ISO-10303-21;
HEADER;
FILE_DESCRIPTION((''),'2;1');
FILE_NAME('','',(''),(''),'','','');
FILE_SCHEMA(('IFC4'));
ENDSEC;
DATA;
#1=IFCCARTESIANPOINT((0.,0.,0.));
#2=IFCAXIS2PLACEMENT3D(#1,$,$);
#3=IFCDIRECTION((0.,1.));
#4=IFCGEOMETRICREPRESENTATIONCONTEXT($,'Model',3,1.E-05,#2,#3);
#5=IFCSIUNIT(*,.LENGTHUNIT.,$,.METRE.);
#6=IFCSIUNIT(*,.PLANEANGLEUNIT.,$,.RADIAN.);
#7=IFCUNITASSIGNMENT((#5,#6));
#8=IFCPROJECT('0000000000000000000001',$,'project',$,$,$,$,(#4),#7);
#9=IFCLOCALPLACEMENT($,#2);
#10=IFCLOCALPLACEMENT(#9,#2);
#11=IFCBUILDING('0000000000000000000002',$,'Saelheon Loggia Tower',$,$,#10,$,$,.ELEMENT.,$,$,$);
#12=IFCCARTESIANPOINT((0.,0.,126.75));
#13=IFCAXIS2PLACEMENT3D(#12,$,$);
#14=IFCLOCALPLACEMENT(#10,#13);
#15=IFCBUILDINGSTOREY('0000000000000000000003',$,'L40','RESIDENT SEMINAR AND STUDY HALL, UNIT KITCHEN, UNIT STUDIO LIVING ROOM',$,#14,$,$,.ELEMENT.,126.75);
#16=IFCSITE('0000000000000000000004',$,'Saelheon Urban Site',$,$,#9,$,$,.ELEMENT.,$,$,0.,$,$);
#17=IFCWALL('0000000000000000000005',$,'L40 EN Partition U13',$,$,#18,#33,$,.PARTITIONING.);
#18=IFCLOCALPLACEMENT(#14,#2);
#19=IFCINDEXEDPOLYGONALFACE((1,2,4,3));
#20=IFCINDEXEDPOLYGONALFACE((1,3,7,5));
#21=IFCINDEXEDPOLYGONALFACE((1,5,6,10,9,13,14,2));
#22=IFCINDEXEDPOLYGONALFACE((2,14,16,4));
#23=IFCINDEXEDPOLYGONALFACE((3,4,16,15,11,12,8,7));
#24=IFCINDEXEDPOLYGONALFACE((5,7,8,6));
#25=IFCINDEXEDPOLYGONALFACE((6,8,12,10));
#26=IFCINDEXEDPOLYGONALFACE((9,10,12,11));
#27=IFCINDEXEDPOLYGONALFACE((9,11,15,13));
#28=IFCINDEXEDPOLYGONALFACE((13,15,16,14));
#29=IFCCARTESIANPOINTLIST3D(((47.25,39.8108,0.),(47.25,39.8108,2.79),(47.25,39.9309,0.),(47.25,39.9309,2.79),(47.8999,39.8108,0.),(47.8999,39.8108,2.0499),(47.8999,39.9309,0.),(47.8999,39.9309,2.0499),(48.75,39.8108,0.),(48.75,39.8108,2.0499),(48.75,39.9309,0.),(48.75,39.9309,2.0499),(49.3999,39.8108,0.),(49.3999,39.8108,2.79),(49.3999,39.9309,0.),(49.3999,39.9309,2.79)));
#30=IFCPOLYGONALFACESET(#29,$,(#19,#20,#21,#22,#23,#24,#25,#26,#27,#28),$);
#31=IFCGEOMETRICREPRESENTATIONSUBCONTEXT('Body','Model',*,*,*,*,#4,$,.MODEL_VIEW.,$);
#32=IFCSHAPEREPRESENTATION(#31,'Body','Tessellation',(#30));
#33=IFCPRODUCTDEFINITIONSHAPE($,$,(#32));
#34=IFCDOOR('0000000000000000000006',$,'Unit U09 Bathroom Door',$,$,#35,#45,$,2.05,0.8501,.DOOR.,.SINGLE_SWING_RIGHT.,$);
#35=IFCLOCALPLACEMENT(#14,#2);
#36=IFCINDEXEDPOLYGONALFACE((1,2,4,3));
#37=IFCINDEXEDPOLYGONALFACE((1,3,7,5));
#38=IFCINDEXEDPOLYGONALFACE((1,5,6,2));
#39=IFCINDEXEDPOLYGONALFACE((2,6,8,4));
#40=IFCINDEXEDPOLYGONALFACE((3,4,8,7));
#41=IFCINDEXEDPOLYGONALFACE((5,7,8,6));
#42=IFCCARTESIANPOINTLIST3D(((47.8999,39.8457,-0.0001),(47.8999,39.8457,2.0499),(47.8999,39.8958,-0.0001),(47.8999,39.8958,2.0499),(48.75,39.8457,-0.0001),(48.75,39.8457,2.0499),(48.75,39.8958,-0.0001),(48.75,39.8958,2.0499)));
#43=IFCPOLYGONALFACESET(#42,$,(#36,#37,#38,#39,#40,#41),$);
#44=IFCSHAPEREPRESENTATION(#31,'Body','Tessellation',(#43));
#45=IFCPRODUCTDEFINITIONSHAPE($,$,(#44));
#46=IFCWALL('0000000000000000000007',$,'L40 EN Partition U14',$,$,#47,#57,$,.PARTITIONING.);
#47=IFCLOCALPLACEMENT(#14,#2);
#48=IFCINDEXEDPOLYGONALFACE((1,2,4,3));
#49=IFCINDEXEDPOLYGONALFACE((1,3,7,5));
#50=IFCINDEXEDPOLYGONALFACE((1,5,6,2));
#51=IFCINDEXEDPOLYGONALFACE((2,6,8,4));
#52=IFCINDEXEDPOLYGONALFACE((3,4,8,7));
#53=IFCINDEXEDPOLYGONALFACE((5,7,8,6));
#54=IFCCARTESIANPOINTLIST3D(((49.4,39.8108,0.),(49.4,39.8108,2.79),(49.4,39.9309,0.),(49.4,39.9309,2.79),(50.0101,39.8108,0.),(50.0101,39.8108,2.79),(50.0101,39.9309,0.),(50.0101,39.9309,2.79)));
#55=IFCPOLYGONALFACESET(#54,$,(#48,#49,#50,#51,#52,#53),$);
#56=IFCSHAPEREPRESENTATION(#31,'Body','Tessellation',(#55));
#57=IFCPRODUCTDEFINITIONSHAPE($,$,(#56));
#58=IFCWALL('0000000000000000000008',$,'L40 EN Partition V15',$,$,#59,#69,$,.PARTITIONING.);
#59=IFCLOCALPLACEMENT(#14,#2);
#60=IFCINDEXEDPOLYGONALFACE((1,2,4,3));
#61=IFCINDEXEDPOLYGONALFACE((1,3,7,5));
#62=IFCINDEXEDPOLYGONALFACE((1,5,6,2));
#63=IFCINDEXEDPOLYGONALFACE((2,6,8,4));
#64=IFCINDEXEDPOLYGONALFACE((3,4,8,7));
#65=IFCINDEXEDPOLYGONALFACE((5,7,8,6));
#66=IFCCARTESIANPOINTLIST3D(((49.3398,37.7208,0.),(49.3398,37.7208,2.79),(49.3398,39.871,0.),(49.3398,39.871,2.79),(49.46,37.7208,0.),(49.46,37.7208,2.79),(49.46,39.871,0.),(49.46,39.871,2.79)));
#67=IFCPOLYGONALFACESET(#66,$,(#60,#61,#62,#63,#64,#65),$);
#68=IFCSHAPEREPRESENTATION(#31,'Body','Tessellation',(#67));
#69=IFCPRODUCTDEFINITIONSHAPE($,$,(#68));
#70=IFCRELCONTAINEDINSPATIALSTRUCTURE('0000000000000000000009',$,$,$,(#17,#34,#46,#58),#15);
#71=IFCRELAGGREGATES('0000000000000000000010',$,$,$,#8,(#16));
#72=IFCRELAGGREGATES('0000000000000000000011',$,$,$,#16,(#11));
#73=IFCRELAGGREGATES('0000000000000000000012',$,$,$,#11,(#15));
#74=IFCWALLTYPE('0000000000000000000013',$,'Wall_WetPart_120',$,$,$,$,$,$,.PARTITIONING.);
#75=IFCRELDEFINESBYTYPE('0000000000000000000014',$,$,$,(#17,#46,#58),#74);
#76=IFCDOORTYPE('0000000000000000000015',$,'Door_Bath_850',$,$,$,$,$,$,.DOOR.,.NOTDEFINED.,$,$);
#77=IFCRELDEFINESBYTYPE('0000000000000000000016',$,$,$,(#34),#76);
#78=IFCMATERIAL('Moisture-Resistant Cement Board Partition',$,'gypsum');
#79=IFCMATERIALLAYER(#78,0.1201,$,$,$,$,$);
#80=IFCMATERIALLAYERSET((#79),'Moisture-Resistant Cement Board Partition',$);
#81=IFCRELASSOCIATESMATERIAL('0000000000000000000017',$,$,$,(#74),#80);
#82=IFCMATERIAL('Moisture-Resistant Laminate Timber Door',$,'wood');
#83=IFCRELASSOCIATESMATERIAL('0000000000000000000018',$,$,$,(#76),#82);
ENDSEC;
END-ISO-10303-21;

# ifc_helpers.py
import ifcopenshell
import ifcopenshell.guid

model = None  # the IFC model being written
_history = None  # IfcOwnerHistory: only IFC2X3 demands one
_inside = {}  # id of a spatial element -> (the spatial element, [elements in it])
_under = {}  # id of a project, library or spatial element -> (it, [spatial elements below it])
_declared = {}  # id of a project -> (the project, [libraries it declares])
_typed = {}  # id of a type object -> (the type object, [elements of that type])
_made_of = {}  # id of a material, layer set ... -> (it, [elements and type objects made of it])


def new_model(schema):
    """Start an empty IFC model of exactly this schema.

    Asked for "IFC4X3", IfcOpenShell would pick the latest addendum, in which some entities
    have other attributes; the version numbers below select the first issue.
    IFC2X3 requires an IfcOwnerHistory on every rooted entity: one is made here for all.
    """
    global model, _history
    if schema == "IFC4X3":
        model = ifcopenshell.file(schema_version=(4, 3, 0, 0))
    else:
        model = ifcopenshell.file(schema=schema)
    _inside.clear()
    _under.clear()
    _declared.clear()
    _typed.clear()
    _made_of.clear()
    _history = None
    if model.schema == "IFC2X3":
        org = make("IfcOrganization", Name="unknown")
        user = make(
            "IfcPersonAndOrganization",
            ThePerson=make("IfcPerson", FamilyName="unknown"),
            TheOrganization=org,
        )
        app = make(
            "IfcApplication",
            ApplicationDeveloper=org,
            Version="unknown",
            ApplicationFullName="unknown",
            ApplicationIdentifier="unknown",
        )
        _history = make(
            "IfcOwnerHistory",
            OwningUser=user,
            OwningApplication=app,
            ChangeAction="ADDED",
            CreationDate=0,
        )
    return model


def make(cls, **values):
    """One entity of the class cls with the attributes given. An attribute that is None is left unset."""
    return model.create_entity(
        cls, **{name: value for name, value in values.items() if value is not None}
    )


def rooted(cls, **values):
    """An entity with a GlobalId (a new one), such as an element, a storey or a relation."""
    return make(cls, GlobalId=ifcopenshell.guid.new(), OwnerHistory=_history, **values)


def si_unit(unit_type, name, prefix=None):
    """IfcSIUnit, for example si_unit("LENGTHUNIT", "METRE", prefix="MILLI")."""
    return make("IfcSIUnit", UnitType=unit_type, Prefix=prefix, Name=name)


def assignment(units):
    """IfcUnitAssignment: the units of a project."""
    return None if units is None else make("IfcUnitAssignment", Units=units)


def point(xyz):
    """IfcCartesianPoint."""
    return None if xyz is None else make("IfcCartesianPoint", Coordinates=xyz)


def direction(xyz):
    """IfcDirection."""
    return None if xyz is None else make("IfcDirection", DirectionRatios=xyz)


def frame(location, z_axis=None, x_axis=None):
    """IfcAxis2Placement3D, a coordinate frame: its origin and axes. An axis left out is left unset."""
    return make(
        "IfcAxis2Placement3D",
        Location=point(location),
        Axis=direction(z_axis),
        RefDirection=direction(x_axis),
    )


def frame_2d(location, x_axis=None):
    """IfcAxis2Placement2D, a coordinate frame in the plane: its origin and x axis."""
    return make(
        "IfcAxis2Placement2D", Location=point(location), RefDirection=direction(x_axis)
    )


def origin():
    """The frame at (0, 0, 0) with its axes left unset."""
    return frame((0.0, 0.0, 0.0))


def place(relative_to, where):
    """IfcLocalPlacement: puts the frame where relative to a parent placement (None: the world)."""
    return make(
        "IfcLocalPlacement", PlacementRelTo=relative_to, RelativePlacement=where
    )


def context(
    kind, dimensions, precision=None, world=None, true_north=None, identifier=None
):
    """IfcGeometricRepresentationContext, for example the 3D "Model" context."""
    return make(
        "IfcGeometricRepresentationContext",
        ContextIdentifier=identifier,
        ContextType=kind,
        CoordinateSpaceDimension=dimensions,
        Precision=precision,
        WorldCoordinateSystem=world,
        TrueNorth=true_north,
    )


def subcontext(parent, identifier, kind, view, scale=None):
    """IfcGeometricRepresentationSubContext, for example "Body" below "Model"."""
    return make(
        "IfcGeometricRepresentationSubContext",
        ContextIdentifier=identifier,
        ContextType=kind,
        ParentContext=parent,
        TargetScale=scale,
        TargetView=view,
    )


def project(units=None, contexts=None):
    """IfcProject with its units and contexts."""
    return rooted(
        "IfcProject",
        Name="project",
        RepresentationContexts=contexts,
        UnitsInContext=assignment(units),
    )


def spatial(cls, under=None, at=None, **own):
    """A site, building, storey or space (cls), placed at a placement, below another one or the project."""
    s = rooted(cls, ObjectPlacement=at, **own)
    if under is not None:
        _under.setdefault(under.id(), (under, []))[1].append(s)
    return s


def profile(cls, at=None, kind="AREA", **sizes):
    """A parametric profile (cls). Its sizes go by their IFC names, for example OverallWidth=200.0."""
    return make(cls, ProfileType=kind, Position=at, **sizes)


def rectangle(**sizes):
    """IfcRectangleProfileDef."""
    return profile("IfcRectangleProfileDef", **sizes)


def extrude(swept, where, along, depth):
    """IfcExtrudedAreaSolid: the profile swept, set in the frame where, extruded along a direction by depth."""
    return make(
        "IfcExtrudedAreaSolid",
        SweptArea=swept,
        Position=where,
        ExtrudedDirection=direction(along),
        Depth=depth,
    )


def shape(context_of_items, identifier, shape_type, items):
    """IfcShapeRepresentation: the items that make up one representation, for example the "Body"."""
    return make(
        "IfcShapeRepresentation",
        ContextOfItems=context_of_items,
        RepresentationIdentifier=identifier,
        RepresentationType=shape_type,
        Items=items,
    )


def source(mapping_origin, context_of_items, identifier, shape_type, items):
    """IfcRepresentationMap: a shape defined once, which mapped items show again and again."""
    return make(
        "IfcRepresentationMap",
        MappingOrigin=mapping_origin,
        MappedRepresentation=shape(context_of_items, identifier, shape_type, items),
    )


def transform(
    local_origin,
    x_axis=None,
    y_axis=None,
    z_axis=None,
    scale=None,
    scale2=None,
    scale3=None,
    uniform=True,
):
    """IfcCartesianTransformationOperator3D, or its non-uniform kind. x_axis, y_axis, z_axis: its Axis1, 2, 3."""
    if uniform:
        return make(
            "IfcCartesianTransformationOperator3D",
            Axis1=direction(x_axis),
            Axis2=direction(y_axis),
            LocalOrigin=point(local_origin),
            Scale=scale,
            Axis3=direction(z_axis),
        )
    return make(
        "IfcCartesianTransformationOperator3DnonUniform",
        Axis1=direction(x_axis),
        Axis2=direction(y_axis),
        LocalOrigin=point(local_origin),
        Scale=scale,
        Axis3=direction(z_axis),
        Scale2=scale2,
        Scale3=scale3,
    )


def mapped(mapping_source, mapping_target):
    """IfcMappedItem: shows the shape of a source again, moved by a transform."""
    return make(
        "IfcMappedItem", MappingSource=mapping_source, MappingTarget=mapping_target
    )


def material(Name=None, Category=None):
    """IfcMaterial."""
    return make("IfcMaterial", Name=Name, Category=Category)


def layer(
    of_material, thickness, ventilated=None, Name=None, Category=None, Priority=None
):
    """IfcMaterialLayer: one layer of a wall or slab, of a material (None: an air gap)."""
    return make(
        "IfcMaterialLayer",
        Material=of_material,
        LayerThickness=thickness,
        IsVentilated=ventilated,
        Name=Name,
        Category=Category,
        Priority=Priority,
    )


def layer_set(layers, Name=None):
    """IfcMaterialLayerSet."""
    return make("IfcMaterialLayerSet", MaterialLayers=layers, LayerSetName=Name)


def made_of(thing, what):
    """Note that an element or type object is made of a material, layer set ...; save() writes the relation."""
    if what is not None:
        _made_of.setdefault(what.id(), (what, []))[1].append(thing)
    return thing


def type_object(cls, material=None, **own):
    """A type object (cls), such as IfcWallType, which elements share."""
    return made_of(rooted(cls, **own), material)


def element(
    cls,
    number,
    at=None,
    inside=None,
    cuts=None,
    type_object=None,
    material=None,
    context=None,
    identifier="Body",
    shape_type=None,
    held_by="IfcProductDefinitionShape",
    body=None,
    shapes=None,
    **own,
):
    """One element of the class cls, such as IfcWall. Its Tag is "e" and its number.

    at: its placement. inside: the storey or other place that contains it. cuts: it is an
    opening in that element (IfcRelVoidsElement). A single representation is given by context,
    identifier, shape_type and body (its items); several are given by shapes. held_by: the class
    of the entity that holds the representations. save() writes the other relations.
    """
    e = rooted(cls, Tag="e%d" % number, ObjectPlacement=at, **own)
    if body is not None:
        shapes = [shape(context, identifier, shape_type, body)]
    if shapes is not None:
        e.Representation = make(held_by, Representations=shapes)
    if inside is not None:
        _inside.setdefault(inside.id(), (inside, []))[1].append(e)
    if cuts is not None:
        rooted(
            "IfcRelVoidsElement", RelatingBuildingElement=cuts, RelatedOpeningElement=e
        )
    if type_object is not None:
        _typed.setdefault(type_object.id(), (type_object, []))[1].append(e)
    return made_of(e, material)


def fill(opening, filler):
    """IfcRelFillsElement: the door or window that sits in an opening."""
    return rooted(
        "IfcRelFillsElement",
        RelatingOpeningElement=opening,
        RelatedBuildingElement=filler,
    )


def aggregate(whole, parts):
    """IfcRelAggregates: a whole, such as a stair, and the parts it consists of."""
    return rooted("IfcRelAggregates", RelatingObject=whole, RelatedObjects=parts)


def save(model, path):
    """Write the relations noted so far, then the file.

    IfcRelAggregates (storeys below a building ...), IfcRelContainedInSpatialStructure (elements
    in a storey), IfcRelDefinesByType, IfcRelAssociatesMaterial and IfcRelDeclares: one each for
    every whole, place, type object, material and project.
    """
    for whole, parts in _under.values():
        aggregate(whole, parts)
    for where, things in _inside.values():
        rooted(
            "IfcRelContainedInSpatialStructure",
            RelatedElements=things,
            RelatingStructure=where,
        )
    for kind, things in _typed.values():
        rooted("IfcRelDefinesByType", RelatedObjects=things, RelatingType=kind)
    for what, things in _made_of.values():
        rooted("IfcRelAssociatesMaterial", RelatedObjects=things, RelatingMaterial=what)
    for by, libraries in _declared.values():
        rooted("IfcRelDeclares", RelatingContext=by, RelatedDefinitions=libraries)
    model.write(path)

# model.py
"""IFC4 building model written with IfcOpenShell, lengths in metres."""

from ifc_helpers import new_model, si_unit, direction, frame, frame_2d, origin, place, context, subcontext, project, spatial, rectangle, extrude, source, transform, mapped, material, layer, layer_set, type_object, element, fill, save


model = new_model("IFC4")

# Units and contexts
model_context = context("Model", 3, precision=1e-05, world=origin(), true_north=direction((0.0, 1.0)))
body_context = subcontext(model_context, "Body", "Model", "MODEL_VIEW")
ifc_project = project(units=[si_unit("LENGTHUNIT", "METRE"), si_unit("PLANEANGLEUNIT", "RADIAN")], contexts=[model_context])

# Site, building, storey
site_placement = place(None, origin())
site = spatial("IfcSite", under=ifc_project, at=site_placement, Name="Saelheon Urban Site", CompositionType="ELEMENT", RefElevation=0.0)
building_placement = place(site_placement, origin())
building = spatial("IfcBuilding", under=site, at=building_placement, Name="Saelheon Loggia Tower", CompositionType="ELEMENT")
storey_placement = place(building_placement, frame((0.0, 0.0, 126.75)))
storey = spatial("IfcBuildingStorey", under=building, at=storey_placement, Name="L40", Description="RESIDENT SEMINAR AND STUDY HALL, UNIT KITCHEN, UNIT STUDIO LIVING ROOM", CompositionType="ELEMENT", Elevation=126.75)

# Shared definitions
ifc_material_1 = material(Name="Moisture-Resistant Cement Board Partition", Category="gypsum")
ifc_layer_1 = layer(ifc_material_1, 0.1201)
ifc_layer_set_1 = layer_set([ifc_layer_1], Name="Moisture-Resistant Cement Board Partition")
wall_type_1 = type_object("IfcWallType", Name="Wall_WetPart_120", PredefinedType="PARTITIONING", material=ifc_layer_set_1)

# Wall, opening, door
wall_1_placement = place(storey_placement, frame((47.25, 39.8708, 0.0), z_axis=(0.0, 0.0, 1.0), x_axis=(1.0, 0.0, 0.0)))
wall_1 = element("IfcWall", 1, at=wall_1_placement, inside=storey, type_object=wall_type_1, Name="L40 EN Partition U13", PredefinedType="PARTITIONING", context=body_context, shape_type="SweptSolid", body=[
    extrude(rectangle(XDim=2.1499, YDim=0.1201, at=frame_2d((1.075, 0.0))), origin(), (0.0, 0.0, 1.0), 2.79),
])
opening_1_placement = place(wall_1_placement, frame((0.6499, 0.0, 0.0)))
opening_1 = element("IfcOpeningElement", 2, at=opening_1_placement, cuts=wall_1, PredefinedType="OPENING", context=body_context, shape_type="SweptSolid", body=[
    extrude(rectangle(XDim=0.8501, YDim=2.05, at=frame_2d((0.425, 1.0249))), frame((0.0, 0.072, 0.0), z_axis=(0.0, -1.0, 0.0), x_axis=(1.0, 0.0, 0.0)), (0.0, 0.0, 1.0), 0.144),
])
ifc_material_2 = material(Name="Moisture-Resistant Laminate Timber Door", Category="wood")
door_type_1 = type_object("IfcDoorType", Name="Door_Bath_850", OperationType="NOTDEFINED", PredefinedType="DOOR", material=ifc_material_2)
shared_shape_1 = source(origin(), body_context, "Body", "SweptSolid", [
    extrude(rectangle(XDim=0.8501, YDim=2.05, at=frame_2d((0.425, 1.0249))), frame((0.0, 0.0249, 0.0), z_axis=(0.0, -1.0, 0.0), x_axis=(1.0, 0.0, 0.0)), (0.0, 0.0, 1.0), 0.05),
])
door_1_placement = place(opening_1_placement, origin())
door_1 = element("IfcDoor", 3, at=door_1_placement, inside=storey, type_object=door_type_1, Name="Unit U09 Bathroom Door", OperationType="SINGLE_SWING_RIGHT", OverallHeight=2.05, OverallWidth=0.8501, PredefinedType="DOOR", context=body_context, shape_type="MappedRepresentation", body=[
    mapped(shared_shape_1, transform((0.0, 0.0, 0.0), scale=1.0)),
])
fill(opening_1, door_1)

# Walls
wall_2_placement = place(storey_placement, frame((49.3999, 39.8708, 0.0), z_axis=(0.0, 0.0, 1.0), x_axis=(1.0, 0.0, 0.0)))
element("IfcWall", 4, at=wall_2_placement, inside=storey, type_object=wall_type_1, Name="L40 EN Partition U14", PredefinedType="PARTITIONING", context=body_context, shape_type="SweptSolid", body=[
    extrude(rectangle(XDim=0.6101, YDim=0.1201, at=frame_2d((0.3052, 0.0))), origin(), (0.0, 0.0, 1.0), 2.79),
])
wall_3_placement = place(storey_placement, frame((49.3999, 37.7207, 0.0), z_axis=(0.0, 0.0, 1.0), x_axis=(0.0, 1.0, 0.0)))
element("IfcWall", 5, at=wall_3_placement, inside=storey, type_object=wall_type_1, Name="L40 EN Partition V15", PredefinedType="PARTITIONING", context=body_context, shape_type="SweptSolid", body=[
    extrude(rectangle(XDim=2.1501, YDim=0.1201, at=frame_2d((1.0752, 0.0))), origin(), (0.0, 0.0, 1.0), 2.79),
])

save(model, "model.ifc")
